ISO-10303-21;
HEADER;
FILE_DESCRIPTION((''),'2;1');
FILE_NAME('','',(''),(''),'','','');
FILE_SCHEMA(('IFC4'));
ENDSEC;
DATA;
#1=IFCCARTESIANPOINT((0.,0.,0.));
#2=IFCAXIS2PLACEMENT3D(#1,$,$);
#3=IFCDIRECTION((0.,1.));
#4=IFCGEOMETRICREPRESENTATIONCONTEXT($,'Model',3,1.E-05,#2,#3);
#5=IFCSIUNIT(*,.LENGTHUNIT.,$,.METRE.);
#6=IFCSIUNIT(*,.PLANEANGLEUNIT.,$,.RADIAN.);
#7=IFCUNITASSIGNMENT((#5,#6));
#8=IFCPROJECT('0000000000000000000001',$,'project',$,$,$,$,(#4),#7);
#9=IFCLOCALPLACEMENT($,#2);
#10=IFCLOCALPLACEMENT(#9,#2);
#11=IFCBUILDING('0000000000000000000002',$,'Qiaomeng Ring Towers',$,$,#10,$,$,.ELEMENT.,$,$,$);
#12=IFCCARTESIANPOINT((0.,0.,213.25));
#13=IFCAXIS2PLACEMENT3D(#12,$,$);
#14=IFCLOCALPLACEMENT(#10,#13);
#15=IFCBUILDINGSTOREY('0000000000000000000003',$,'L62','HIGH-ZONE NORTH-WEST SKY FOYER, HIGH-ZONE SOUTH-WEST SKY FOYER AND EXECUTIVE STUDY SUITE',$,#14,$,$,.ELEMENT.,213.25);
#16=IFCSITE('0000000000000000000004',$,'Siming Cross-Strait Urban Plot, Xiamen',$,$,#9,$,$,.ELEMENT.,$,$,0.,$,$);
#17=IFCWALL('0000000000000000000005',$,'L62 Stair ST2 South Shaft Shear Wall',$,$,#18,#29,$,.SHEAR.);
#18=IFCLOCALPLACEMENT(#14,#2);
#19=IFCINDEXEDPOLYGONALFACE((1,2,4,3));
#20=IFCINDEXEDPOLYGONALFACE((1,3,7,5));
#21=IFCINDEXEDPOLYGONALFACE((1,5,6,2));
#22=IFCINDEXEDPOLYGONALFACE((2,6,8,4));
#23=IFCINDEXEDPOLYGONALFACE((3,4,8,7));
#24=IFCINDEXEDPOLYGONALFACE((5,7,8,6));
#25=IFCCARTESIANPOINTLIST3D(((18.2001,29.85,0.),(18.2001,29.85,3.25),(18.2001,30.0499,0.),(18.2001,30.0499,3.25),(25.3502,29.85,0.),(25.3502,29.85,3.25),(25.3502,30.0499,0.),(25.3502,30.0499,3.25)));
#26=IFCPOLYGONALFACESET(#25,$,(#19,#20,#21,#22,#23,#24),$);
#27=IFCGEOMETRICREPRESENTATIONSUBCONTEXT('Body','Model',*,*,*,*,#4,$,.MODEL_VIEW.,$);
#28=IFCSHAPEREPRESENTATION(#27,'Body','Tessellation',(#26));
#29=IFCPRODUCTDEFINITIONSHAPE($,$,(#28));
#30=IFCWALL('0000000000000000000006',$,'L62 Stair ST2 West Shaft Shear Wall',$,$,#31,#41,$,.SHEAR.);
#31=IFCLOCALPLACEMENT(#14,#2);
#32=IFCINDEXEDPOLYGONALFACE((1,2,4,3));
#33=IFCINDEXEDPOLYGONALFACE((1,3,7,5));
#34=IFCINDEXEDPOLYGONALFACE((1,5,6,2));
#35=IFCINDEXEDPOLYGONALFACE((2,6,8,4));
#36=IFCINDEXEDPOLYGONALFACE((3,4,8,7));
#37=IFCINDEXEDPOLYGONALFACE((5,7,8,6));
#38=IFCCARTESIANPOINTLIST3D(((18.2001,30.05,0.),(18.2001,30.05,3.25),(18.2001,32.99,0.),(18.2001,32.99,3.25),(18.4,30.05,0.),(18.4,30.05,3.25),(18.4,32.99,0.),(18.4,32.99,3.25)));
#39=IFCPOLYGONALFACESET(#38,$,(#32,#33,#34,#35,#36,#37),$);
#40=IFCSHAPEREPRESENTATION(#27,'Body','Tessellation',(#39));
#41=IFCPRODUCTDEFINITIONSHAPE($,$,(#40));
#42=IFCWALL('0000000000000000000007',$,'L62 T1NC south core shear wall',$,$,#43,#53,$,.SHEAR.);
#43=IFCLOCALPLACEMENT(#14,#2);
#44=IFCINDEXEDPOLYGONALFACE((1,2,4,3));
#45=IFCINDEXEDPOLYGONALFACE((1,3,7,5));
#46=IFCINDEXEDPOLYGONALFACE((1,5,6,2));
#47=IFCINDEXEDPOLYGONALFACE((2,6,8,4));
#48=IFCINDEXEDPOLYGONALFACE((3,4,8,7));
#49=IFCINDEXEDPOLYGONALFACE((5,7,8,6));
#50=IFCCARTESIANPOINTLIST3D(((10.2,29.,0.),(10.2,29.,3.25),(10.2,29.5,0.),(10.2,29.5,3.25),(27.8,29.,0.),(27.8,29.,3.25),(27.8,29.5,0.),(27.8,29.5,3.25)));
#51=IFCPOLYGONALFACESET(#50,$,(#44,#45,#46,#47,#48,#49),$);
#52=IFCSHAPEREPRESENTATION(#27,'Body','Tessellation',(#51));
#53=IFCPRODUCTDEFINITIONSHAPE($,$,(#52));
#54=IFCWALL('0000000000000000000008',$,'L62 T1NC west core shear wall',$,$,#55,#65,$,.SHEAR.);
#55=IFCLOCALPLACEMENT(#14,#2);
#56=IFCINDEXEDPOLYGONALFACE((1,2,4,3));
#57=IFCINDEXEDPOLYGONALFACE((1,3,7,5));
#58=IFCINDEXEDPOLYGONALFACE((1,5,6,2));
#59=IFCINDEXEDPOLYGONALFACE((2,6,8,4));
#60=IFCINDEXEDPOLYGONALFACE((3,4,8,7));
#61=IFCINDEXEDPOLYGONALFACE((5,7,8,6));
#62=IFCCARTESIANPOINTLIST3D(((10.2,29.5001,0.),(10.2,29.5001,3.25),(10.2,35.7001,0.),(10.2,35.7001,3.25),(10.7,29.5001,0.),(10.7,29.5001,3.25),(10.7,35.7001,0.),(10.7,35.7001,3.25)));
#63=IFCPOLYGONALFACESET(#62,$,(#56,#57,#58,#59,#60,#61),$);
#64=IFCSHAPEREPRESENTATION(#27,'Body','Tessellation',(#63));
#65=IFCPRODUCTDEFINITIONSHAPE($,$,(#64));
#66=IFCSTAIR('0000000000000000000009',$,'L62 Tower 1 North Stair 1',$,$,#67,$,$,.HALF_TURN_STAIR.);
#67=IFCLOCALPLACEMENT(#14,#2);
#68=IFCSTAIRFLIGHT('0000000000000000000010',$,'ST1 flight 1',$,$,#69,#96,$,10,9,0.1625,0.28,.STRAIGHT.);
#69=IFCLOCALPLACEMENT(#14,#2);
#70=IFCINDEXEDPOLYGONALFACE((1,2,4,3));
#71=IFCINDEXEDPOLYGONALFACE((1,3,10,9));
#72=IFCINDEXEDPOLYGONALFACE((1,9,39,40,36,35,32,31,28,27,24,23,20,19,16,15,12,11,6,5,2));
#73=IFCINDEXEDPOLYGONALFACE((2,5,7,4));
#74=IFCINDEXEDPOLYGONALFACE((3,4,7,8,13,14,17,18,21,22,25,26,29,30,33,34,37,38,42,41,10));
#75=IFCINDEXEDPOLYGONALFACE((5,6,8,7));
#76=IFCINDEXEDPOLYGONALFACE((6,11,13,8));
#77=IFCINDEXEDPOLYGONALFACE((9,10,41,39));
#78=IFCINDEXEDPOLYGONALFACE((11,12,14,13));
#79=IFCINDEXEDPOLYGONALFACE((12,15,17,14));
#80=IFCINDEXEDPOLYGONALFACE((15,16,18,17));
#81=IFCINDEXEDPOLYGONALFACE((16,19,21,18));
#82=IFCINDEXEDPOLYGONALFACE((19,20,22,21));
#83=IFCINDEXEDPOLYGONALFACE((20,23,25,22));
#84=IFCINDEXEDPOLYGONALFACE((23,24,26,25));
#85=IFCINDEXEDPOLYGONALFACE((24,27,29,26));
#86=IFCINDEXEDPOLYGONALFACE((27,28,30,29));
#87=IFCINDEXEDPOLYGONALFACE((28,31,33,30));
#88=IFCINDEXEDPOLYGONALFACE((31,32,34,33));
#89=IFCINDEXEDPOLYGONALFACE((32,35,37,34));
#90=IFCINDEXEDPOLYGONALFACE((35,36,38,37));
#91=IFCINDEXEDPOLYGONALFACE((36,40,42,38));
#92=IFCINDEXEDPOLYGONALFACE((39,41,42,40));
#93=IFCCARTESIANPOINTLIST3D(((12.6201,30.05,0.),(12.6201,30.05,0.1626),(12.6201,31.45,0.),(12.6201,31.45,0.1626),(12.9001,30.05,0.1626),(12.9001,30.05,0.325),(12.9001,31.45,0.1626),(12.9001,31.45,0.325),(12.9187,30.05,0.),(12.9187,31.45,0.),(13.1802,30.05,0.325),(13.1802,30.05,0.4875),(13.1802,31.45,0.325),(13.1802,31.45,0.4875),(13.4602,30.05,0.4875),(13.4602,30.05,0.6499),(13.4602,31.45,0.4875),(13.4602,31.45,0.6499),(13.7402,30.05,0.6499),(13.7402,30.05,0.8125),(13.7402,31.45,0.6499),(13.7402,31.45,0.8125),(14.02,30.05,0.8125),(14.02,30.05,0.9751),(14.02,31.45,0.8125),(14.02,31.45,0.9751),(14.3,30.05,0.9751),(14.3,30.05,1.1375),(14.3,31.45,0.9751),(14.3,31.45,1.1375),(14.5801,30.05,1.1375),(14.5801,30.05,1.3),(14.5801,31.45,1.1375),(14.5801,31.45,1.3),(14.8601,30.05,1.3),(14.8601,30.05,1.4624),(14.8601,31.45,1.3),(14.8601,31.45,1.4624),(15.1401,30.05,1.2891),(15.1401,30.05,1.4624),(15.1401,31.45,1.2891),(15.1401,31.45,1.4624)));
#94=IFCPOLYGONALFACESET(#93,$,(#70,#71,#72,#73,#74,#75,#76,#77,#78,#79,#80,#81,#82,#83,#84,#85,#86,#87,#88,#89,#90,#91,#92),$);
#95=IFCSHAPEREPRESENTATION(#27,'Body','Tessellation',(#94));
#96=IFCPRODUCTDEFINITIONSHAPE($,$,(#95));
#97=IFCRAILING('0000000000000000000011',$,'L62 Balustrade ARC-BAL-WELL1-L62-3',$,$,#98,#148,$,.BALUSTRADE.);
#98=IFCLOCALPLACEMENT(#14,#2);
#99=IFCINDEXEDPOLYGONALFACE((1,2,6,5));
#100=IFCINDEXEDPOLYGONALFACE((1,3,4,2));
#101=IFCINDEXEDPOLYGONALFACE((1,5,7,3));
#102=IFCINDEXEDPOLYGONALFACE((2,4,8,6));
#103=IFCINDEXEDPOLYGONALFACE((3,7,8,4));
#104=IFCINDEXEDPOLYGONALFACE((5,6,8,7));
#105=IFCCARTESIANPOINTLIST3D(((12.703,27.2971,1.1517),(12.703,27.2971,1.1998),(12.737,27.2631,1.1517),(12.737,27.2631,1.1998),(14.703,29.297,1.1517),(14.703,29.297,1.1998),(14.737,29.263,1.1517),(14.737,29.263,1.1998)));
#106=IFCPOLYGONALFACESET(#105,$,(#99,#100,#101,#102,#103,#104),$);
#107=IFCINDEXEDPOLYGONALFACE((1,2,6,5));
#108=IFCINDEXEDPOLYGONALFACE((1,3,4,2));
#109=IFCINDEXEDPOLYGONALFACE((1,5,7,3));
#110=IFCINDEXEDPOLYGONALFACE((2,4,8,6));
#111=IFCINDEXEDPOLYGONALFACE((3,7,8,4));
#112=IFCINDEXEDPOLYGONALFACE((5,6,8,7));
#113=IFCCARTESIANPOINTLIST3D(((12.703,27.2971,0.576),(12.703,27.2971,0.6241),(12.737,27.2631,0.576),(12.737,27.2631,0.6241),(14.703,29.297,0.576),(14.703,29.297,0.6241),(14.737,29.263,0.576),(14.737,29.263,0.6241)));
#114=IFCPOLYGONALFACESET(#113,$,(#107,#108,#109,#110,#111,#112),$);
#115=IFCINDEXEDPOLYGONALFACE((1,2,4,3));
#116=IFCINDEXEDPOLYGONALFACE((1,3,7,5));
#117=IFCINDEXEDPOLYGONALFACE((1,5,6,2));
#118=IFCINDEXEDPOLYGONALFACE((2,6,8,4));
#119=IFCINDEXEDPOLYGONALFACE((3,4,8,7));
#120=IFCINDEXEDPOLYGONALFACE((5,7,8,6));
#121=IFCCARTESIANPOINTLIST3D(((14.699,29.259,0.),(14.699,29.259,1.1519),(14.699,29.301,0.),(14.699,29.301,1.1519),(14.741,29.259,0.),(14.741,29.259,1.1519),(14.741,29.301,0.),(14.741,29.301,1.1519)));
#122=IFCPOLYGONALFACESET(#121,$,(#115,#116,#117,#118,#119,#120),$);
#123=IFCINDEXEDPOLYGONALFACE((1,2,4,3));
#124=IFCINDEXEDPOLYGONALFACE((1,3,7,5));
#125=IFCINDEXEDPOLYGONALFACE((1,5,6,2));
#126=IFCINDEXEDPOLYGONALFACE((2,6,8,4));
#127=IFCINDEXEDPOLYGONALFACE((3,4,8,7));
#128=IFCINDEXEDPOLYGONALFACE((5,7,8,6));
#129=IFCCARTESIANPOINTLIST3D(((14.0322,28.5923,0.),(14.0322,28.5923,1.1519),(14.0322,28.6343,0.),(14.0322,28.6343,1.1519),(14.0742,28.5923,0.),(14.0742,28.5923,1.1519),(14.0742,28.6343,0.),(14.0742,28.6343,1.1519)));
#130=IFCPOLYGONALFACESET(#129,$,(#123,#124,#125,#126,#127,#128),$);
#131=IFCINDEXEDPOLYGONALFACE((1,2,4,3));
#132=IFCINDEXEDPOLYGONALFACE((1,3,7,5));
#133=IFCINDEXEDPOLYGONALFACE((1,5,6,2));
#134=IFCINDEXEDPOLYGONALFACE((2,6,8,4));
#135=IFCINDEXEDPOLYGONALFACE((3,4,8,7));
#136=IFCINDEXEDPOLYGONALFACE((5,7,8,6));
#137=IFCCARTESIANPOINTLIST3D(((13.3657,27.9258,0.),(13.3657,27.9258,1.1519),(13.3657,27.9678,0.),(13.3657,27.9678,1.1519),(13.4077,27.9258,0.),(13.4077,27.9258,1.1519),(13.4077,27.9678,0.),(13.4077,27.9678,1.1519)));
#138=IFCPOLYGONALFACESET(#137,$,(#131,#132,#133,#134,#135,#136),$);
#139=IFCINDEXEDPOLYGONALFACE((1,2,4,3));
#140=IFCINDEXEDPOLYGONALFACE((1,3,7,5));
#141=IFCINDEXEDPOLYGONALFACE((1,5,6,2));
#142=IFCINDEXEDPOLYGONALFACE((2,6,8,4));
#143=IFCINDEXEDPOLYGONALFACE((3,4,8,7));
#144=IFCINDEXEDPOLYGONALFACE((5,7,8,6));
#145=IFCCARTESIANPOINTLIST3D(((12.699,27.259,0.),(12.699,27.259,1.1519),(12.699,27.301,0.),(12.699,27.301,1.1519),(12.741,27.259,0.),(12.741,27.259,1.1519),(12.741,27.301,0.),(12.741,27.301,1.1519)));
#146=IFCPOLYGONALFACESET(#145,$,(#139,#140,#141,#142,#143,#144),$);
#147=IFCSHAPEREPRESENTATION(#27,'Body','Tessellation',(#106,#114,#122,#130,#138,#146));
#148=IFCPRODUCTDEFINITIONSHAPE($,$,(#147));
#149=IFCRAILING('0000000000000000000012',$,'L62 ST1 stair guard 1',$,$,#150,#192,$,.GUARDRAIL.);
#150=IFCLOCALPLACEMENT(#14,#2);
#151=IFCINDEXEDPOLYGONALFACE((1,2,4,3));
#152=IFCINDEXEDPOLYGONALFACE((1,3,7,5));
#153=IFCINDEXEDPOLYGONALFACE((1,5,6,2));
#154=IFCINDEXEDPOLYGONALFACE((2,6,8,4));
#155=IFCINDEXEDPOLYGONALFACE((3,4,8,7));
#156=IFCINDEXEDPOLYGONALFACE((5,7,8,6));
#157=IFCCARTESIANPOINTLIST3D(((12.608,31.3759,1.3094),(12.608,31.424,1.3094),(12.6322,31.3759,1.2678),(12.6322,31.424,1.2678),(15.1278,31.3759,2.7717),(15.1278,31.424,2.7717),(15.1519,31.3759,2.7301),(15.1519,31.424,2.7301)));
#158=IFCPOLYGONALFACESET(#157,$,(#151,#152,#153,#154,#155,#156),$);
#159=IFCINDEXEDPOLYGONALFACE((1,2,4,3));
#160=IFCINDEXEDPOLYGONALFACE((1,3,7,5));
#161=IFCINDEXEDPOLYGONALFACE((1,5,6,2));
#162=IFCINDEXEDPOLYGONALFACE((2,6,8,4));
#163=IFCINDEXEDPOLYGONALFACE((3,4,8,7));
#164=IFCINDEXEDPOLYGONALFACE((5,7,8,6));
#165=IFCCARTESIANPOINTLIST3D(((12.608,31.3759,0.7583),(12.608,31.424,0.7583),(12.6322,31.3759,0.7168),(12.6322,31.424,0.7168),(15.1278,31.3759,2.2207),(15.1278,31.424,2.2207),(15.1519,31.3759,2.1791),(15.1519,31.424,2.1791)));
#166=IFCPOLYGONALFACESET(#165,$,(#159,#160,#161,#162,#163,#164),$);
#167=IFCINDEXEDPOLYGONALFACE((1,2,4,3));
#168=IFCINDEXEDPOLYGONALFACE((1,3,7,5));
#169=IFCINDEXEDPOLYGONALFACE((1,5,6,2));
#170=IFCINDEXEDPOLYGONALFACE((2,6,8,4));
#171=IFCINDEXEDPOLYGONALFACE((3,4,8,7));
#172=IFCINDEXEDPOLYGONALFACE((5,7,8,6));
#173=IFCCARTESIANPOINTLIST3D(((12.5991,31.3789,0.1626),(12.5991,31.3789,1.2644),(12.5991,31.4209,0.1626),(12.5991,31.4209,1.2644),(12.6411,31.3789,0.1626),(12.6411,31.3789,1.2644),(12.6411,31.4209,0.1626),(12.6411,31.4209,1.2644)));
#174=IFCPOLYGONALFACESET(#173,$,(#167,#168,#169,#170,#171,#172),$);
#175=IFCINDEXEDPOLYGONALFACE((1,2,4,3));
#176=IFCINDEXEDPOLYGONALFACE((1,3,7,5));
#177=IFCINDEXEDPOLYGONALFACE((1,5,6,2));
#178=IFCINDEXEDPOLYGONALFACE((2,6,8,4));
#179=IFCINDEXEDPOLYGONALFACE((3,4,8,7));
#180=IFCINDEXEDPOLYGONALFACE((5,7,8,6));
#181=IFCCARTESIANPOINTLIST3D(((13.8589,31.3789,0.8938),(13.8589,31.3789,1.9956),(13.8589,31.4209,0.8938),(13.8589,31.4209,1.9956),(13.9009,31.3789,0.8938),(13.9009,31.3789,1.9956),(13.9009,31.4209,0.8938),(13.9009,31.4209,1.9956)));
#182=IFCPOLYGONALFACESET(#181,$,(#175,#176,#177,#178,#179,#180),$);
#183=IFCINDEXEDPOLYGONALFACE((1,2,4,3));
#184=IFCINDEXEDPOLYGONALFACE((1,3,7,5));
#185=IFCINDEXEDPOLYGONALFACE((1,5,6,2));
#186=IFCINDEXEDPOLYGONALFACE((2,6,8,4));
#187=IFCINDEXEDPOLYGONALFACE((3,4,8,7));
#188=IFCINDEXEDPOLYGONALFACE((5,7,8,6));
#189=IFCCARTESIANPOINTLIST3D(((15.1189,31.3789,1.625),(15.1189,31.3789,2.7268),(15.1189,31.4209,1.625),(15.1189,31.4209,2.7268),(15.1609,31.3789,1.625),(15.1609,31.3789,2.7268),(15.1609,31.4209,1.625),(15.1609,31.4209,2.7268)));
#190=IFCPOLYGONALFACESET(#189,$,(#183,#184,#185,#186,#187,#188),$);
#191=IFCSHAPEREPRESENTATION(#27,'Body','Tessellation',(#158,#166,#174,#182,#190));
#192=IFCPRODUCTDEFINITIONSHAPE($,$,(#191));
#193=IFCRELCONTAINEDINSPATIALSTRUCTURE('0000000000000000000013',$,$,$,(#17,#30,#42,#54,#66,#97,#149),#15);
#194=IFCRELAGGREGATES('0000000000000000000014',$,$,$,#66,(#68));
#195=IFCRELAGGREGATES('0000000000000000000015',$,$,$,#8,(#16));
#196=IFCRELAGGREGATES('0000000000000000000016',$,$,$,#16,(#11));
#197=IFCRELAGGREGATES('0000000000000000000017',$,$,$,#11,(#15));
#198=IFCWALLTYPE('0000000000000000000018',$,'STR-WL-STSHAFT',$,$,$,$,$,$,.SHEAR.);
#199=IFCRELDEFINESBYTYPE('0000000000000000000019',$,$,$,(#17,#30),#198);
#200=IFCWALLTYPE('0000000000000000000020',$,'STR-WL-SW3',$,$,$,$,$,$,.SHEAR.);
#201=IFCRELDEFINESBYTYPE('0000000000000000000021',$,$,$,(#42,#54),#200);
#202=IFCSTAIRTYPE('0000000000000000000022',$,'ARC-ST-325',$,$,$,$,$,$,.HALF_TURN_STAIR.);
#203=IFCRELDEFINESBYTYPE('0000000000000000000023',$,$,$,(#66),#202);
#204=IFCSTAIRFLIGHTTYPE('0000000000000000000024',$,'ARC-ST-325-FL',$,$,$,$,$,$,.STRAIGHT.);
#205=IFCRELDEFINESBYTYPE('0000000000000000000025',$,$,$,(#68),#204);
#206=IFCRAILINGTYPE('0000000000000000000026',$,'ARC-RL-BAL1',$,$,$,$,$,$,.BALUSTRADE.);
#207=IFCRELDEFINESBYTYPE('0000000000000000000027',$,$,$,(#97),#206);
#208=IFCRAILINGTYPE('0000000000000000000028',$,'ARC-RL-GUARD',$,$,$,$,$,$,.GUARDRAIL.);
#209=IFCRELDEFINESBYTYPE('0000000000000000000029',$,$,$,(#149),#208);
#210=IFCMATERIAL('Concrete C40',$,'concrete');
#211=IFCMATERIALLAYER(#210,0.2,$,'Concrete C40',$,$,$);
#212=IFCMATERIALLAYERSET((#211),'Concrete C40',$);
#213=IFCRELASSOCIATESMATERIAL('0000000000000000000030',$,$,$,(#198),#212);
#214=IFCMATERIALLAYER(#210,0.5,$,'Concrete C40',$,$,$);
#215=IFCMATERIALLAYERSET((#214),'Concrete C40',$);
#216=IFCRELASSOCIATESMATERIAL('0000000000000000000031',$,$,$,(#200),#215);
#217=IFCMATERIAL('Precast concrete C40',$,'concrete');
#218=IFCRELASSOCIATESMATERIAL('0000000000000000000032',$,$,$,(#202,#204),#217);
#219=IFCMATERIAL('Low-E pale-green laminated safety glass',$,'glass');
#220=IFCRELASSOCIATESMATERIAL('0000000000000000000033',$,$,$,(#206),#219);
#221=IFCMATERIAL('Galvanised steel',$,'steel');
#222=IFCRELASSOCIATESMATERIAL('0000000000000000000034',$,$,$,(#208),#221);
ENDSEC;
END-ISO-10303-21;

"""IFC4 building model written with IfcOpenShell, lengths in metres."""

from ifc_helpers import new_model, si_unit, direction, frame, frame_2d, origin, origin_2d, place, context, subcontext, project, spatial, polyline, rectangle, outline, extrude, source, transform, mapped, material, layer, layer_set, type_object, element, aggregate, save


model = new_model("IFC4")

# Units and contexts
model_context = context("Model", 3, precision=1e-05, world=origin(), true_north=direction((0.0, 1.0)))
body_context = subcontext(model_context, "Body", "Model", "MODEL_VIEW")
ifc_project = project(units=[si_unit("LENGTHUNIT", "METRE"), si_unit("PLANEANGLEUNIT", "RADIAN")], contexts=[model_context])

# Site, building, storey
site_placement = place(None, origin())
site = spatial("IfcSite", under=ifc_project, at=site_placement, Name="Siming Cross-Strait Urban Plot, Xiamen", CompositionType="ELEMENT", RefElevation=0.0)
building_placement = place(site_placement, origin())
building = spatial("IfcBuilding", under=site, at=building_placement, Name="Qiaomeng Ring Towers", CompositionType="ELEMENT")
storey_placement = place(building_placement, frame((0.0, 0.0, 213.25)))
storey = spatial("IfcBuildingStorey", under=building, at=storey_placement, Name="L62", Description="HIGH-ZONE NORTH-WEST SKY FOYER, HIGH-ZONE SOUTH-WEST SKY FOYER AND EXECUTIVE STUDY SUITE", CompositionType="ELEMENT", Elevation=213.25)

# Shared definitions
ifc_material_1 = material(Name="Concrete C40", Category="concrete")

# Walls
ifc_layer_1 = layer(ifc_material_1, 0.2, Name="Concrete C40")
ifc_layer_set_1 = layer_set([ifc_layer_1], Name="Concrete C40")
wall_type_1 = type_object("IfcWallType", Name="STR-WL-STSHAFT", PredefinedType="SHEAR", material=ifc_layer_set_1)
wall_1_placement = place(storey_placement, frame((18.2, 29.95, 0.0), z_axis=(0.0, 0.0, 1.0), x_axis=(1.0, 0.0, 0.0)))
element("IfcWall", 1, at=wall_1_placement, inside=storey, type_object=wall_type_1, Name="L62 Stair ST2 South Shaft Shear Wall", PredefinedType="SHEAR", context=body_context, shape_type="SweptSolid", body=[
    extrude(rectangle(XDim=7.1501, YDim=0.2, at=frame_2d((3.5752, 0.0))), origin(), (0.0, 0.0, 1.0), 3.25),
])
wall_2_placement = place(storey_placement, frame((18.3, 30.05, 0.0), z_axis=(0.0, 0.0, 1.0), x_axis=(0.0, 1.0, 0.0)))
element("IfcWall", 2, at=wall_2_placement, inside=storey, type_object=wall_type_1, Name="L62 Stair ST2 West Shaft Shear Wall", PredefinedType="SHEAR", context=body_context, shape_type="SweptSolid", body=[
    extrude(rectangle(XDim=2.9399, YDim=0.2, at=frame_2d((1.47, 0.0))), origin(), (0.0, 0.0, 1.0), 3.25),
])
ifc_layer_2 = layer(ifc_material_1, 0.5, Name="Concrete C40")
ifc_layer_set_2 = layer_set([ifc_layer_2], Name="Concrete C40")
wall_type_2 = type_object("IfcWallType", Name="STR-WL-SW3", PredefinedType="SHEAR", material=ifc_layer_set_2)
wall_3_placement = place(storey_placement, frame((10.2, 29.25, 0.0), z_axis=(0.0, 0.0, 1.0), x_axis=(1.0, 0.0, 0.0)))
element("IfcWall", 3, at=wall_3_placement, inside=storey, type_object=wall_type_2, Name="L62 T1NC south core shear wall", PredefinedType="SHEAR", context=body_context, shape_type="SweptSolid", body=[
    extrude(rectangle(XDim=17.6001, YDim=0.5, at=frame_2d((8.8, 0.0))), origin(), (0.0, 0.0, 1.0), 3.25),
])
wall_4_placement = place(storey_placement, frame((10.45, 29.5, 0.0), z_axis=(0.0, 0.0, 1.0), x_axis=(0.0, 1.0, 0.0)))
element("IfcWall", 4, at=wall_4_placement, inside=storey, type_object=wall_type_2, Name="L62 T1NC west core shear wall", PredefinedType="SHEAR", context=body_context, shape_type="SweptSolid", body=[
    extrude(rectangle(XDim=6.2, YDim=0.5, at=frame_2d((3.1001, 0.0))), origin(), (0.0, 0.0, 1.0), 3.25),
])

# Stair, stair flight
ifc_material_2 = material(Name="Precast concrete C40", Category="concrete")
stair_type = type_object("IfcStairType", Name="ARC-ST-325", PredefinedType="HALF_TURN_STAIR", material=ifc_material_2)
stair_placement = place(storey_placement, origin())
stair = element("IfcStair", 5, at=stair_placement, inside=storey, type_object=stair_type, Name="L62 Tower 1 North Stair 1", PredefinedType="HALF_TURN_STAIR")
stair_flight_type = type_object("IfcStairFlightType", Name="ARC-ST-325-FL", PredefinedType="STRAIGHT", material=ifc_material_2)
shared_shape_1 = source(origin(), body_context, "Body", "SweptSolid", [
    extrude(outline(polyline([(0.0, 0.0), (0.0, 0.1626), (0.28, 0.1626), (0.28, 0.325), (0.5601, 0.325), (0.5601, 0.4875), (0.8401, 0.4875), (0.8401, 0.6499), (1.1201, 0.6499), (1.1201, 0.8125), (1.3999, 0.8125), (1.3999, 0.9751), (1.6799, 0.9751), (1.6799, 1.1375), (1.96, 1.1375), (1.96, 1.3), (2.24, 1.3), (2.24, 1.4624), (2.52, 1.4624), (2.52, 1.625), (2.52, 1.2891), (0.2986, 0.0), (0.0, 0.0)])), frame((0.0, 0.7, 0.0), z_axis=(0.0, -1.0, 0.0), x_axis=(1.0, 0.0, 0.0)), (0.0, 0.0, 1.0), 1.3999),
])
stair_flight_placement = place(storey_placement, frame((12.6201, 30.75, 0.0), z_axis=(0.0, 0.0, 1.0), x_axis=(1.0, 0.0, 0.0)))
stair_flight = element("IfcStairFlight", 6, at=stair_flight_placement, type_object=stair_flight_type, Name="ST1 flight 1", NumberOfRisers=10, NumberOfTreads=9, PredefinedType="STRAIGHT", RiserHeight=0.1625, TreadLength=0.28, context=body_context, shape_type="MappedRepresentation", body=[
    mapped(shared_shape_1, transform((0.0, 0.0, 0.0), x_axis=(1.0, 0.0, 0.0), y_axis=(0.0, 1.0, 0.0), z_axis=(0.0, 0.0, 1.0), scale=1.0)),
])
aggregate(stair, [stair_flight])

# Railings
ifc_material_3 = material(Name="Low-E pale-green laminated safety glass", Category="glass")
railing_type_1 = type_object("IfcRailingType", Name="ARC-RL-BAL1", PredefinedType="BALUSTRADE", material=ifc_material_3)
railing_1_placement = place(storey_placement, frame((14.72, 29.28, 0.0)))
element("IfcRailing", 7, at=railing_1_placement, inside=storey, type_object=railing_type_1, Name="L62 Balustrade ARC-BAL-WELL1-L62-3", PredefinedType="BALUSTRADE", context=body_context, shape_type="SweptSolid", body=[
    extrude(rectangle(XDim=0.0481, YDim=0.0481, at=origin_2d()), frame((0.0, 0.0, 1.1758), z_axis=(-0.707107, -0.707107, 0.0), x_axis=(0.707107, -0.707107, 0.0)), (0.0, 0.0, 1.0), 2.8284),
    extrude(rectangle(XDim=0.0481, YDim=0.0481, at=origin_2d()), frame((0.0, 0.0, 0.6001), z_axis=(-0.707107, -0.707107, 0.0), x_axis=(0.707107, -0.707107, 0.0)), (0.0, 0.0, 1.0), 2.8284),
    extrude(rectangle(XDim=0.042, YDim=0.042, at=origin_2d()), origin(), (0.0, 0.0, 1.0), 1.1519),
    extrude(rectangle(XDim=0.042, YDim=0.042, at=origin_2d()), frame((-0.6667, -0.6667, 0.0)), (0.0, 0.0, 1.0), 1.1519),
    extrude(rectangle(XDim=0.042, YDim=0.042, at=origin_2d()), frame((-1.3333, -1.3333, 0.0)), (0.0, 0.0, 1.0), 1.1519),
    extrude(rectangle(XDim=0.042, YDim=0.042, at=origin_2d()), frame((-2.0, -2.0, 0.0)), (0.0, 0.0, 1.0), 1.1519),
])
ifc_material_4 = material(Name="Galvanised steel", Category="steel")
railing_type_2 = type_object("IfcRailingType", Name="ARC-RL-GUARD", PredefinedType="GUARDRAIL", material=ifc_material_4)
railing_2_placement = place(storey_placement, frame((12.6201, 31.3999, 0.1626)))
element("IfcRailing", 8, at=railing_2_placement, inside=storey, type_object=railing_type_2, Name="L62 ST1 stair guard 1", PredefinedType="GUARDRAIL", context=body_context, shape_type="SweptSolid", body=[
    extrude(rectangle(XDim=0.0481, YDim=0.0481, at=origin_2d()), frame((0.0, 0.0, 1.126), z_axis=(0.864892, 0.0, 0.501958), x_axis=(0.0, 1.0, 0.0)), (0.0, 0.0, 1.0), 2.9133),
    extrude(rectangle(XDim=0.0481, YDim=0.0481, at=origin_2d()), frame((0.0, 0.0, 0.575), z_axis=(0.864892, 0.0, 0.501958), x_axis=(0.0, 1.0, 0.0)), (0.0, 0.0, 1.0), 2.9133),
    extrude(rectangle(XDim=0.042, YDim=0.042, at=origin_2d()), origin(), (0.0, 0.0, 1.0), 1.1018),
    extrude(rectangle(XDim=0.042, YDim=0.042, at=origin_2d()), frame((1.2598, 0.0, 0.7312)), (0.0, 0.0, 1.0), 1.1018),
    extrude(rectangle(XDim=0.042, YDim=0.042, at=origin_2d()), frame((2.5198, 0.0, 1.4624)), (0.0, 0.0, 1.0), 1.1018),
])

save(model, "model.ifc")
